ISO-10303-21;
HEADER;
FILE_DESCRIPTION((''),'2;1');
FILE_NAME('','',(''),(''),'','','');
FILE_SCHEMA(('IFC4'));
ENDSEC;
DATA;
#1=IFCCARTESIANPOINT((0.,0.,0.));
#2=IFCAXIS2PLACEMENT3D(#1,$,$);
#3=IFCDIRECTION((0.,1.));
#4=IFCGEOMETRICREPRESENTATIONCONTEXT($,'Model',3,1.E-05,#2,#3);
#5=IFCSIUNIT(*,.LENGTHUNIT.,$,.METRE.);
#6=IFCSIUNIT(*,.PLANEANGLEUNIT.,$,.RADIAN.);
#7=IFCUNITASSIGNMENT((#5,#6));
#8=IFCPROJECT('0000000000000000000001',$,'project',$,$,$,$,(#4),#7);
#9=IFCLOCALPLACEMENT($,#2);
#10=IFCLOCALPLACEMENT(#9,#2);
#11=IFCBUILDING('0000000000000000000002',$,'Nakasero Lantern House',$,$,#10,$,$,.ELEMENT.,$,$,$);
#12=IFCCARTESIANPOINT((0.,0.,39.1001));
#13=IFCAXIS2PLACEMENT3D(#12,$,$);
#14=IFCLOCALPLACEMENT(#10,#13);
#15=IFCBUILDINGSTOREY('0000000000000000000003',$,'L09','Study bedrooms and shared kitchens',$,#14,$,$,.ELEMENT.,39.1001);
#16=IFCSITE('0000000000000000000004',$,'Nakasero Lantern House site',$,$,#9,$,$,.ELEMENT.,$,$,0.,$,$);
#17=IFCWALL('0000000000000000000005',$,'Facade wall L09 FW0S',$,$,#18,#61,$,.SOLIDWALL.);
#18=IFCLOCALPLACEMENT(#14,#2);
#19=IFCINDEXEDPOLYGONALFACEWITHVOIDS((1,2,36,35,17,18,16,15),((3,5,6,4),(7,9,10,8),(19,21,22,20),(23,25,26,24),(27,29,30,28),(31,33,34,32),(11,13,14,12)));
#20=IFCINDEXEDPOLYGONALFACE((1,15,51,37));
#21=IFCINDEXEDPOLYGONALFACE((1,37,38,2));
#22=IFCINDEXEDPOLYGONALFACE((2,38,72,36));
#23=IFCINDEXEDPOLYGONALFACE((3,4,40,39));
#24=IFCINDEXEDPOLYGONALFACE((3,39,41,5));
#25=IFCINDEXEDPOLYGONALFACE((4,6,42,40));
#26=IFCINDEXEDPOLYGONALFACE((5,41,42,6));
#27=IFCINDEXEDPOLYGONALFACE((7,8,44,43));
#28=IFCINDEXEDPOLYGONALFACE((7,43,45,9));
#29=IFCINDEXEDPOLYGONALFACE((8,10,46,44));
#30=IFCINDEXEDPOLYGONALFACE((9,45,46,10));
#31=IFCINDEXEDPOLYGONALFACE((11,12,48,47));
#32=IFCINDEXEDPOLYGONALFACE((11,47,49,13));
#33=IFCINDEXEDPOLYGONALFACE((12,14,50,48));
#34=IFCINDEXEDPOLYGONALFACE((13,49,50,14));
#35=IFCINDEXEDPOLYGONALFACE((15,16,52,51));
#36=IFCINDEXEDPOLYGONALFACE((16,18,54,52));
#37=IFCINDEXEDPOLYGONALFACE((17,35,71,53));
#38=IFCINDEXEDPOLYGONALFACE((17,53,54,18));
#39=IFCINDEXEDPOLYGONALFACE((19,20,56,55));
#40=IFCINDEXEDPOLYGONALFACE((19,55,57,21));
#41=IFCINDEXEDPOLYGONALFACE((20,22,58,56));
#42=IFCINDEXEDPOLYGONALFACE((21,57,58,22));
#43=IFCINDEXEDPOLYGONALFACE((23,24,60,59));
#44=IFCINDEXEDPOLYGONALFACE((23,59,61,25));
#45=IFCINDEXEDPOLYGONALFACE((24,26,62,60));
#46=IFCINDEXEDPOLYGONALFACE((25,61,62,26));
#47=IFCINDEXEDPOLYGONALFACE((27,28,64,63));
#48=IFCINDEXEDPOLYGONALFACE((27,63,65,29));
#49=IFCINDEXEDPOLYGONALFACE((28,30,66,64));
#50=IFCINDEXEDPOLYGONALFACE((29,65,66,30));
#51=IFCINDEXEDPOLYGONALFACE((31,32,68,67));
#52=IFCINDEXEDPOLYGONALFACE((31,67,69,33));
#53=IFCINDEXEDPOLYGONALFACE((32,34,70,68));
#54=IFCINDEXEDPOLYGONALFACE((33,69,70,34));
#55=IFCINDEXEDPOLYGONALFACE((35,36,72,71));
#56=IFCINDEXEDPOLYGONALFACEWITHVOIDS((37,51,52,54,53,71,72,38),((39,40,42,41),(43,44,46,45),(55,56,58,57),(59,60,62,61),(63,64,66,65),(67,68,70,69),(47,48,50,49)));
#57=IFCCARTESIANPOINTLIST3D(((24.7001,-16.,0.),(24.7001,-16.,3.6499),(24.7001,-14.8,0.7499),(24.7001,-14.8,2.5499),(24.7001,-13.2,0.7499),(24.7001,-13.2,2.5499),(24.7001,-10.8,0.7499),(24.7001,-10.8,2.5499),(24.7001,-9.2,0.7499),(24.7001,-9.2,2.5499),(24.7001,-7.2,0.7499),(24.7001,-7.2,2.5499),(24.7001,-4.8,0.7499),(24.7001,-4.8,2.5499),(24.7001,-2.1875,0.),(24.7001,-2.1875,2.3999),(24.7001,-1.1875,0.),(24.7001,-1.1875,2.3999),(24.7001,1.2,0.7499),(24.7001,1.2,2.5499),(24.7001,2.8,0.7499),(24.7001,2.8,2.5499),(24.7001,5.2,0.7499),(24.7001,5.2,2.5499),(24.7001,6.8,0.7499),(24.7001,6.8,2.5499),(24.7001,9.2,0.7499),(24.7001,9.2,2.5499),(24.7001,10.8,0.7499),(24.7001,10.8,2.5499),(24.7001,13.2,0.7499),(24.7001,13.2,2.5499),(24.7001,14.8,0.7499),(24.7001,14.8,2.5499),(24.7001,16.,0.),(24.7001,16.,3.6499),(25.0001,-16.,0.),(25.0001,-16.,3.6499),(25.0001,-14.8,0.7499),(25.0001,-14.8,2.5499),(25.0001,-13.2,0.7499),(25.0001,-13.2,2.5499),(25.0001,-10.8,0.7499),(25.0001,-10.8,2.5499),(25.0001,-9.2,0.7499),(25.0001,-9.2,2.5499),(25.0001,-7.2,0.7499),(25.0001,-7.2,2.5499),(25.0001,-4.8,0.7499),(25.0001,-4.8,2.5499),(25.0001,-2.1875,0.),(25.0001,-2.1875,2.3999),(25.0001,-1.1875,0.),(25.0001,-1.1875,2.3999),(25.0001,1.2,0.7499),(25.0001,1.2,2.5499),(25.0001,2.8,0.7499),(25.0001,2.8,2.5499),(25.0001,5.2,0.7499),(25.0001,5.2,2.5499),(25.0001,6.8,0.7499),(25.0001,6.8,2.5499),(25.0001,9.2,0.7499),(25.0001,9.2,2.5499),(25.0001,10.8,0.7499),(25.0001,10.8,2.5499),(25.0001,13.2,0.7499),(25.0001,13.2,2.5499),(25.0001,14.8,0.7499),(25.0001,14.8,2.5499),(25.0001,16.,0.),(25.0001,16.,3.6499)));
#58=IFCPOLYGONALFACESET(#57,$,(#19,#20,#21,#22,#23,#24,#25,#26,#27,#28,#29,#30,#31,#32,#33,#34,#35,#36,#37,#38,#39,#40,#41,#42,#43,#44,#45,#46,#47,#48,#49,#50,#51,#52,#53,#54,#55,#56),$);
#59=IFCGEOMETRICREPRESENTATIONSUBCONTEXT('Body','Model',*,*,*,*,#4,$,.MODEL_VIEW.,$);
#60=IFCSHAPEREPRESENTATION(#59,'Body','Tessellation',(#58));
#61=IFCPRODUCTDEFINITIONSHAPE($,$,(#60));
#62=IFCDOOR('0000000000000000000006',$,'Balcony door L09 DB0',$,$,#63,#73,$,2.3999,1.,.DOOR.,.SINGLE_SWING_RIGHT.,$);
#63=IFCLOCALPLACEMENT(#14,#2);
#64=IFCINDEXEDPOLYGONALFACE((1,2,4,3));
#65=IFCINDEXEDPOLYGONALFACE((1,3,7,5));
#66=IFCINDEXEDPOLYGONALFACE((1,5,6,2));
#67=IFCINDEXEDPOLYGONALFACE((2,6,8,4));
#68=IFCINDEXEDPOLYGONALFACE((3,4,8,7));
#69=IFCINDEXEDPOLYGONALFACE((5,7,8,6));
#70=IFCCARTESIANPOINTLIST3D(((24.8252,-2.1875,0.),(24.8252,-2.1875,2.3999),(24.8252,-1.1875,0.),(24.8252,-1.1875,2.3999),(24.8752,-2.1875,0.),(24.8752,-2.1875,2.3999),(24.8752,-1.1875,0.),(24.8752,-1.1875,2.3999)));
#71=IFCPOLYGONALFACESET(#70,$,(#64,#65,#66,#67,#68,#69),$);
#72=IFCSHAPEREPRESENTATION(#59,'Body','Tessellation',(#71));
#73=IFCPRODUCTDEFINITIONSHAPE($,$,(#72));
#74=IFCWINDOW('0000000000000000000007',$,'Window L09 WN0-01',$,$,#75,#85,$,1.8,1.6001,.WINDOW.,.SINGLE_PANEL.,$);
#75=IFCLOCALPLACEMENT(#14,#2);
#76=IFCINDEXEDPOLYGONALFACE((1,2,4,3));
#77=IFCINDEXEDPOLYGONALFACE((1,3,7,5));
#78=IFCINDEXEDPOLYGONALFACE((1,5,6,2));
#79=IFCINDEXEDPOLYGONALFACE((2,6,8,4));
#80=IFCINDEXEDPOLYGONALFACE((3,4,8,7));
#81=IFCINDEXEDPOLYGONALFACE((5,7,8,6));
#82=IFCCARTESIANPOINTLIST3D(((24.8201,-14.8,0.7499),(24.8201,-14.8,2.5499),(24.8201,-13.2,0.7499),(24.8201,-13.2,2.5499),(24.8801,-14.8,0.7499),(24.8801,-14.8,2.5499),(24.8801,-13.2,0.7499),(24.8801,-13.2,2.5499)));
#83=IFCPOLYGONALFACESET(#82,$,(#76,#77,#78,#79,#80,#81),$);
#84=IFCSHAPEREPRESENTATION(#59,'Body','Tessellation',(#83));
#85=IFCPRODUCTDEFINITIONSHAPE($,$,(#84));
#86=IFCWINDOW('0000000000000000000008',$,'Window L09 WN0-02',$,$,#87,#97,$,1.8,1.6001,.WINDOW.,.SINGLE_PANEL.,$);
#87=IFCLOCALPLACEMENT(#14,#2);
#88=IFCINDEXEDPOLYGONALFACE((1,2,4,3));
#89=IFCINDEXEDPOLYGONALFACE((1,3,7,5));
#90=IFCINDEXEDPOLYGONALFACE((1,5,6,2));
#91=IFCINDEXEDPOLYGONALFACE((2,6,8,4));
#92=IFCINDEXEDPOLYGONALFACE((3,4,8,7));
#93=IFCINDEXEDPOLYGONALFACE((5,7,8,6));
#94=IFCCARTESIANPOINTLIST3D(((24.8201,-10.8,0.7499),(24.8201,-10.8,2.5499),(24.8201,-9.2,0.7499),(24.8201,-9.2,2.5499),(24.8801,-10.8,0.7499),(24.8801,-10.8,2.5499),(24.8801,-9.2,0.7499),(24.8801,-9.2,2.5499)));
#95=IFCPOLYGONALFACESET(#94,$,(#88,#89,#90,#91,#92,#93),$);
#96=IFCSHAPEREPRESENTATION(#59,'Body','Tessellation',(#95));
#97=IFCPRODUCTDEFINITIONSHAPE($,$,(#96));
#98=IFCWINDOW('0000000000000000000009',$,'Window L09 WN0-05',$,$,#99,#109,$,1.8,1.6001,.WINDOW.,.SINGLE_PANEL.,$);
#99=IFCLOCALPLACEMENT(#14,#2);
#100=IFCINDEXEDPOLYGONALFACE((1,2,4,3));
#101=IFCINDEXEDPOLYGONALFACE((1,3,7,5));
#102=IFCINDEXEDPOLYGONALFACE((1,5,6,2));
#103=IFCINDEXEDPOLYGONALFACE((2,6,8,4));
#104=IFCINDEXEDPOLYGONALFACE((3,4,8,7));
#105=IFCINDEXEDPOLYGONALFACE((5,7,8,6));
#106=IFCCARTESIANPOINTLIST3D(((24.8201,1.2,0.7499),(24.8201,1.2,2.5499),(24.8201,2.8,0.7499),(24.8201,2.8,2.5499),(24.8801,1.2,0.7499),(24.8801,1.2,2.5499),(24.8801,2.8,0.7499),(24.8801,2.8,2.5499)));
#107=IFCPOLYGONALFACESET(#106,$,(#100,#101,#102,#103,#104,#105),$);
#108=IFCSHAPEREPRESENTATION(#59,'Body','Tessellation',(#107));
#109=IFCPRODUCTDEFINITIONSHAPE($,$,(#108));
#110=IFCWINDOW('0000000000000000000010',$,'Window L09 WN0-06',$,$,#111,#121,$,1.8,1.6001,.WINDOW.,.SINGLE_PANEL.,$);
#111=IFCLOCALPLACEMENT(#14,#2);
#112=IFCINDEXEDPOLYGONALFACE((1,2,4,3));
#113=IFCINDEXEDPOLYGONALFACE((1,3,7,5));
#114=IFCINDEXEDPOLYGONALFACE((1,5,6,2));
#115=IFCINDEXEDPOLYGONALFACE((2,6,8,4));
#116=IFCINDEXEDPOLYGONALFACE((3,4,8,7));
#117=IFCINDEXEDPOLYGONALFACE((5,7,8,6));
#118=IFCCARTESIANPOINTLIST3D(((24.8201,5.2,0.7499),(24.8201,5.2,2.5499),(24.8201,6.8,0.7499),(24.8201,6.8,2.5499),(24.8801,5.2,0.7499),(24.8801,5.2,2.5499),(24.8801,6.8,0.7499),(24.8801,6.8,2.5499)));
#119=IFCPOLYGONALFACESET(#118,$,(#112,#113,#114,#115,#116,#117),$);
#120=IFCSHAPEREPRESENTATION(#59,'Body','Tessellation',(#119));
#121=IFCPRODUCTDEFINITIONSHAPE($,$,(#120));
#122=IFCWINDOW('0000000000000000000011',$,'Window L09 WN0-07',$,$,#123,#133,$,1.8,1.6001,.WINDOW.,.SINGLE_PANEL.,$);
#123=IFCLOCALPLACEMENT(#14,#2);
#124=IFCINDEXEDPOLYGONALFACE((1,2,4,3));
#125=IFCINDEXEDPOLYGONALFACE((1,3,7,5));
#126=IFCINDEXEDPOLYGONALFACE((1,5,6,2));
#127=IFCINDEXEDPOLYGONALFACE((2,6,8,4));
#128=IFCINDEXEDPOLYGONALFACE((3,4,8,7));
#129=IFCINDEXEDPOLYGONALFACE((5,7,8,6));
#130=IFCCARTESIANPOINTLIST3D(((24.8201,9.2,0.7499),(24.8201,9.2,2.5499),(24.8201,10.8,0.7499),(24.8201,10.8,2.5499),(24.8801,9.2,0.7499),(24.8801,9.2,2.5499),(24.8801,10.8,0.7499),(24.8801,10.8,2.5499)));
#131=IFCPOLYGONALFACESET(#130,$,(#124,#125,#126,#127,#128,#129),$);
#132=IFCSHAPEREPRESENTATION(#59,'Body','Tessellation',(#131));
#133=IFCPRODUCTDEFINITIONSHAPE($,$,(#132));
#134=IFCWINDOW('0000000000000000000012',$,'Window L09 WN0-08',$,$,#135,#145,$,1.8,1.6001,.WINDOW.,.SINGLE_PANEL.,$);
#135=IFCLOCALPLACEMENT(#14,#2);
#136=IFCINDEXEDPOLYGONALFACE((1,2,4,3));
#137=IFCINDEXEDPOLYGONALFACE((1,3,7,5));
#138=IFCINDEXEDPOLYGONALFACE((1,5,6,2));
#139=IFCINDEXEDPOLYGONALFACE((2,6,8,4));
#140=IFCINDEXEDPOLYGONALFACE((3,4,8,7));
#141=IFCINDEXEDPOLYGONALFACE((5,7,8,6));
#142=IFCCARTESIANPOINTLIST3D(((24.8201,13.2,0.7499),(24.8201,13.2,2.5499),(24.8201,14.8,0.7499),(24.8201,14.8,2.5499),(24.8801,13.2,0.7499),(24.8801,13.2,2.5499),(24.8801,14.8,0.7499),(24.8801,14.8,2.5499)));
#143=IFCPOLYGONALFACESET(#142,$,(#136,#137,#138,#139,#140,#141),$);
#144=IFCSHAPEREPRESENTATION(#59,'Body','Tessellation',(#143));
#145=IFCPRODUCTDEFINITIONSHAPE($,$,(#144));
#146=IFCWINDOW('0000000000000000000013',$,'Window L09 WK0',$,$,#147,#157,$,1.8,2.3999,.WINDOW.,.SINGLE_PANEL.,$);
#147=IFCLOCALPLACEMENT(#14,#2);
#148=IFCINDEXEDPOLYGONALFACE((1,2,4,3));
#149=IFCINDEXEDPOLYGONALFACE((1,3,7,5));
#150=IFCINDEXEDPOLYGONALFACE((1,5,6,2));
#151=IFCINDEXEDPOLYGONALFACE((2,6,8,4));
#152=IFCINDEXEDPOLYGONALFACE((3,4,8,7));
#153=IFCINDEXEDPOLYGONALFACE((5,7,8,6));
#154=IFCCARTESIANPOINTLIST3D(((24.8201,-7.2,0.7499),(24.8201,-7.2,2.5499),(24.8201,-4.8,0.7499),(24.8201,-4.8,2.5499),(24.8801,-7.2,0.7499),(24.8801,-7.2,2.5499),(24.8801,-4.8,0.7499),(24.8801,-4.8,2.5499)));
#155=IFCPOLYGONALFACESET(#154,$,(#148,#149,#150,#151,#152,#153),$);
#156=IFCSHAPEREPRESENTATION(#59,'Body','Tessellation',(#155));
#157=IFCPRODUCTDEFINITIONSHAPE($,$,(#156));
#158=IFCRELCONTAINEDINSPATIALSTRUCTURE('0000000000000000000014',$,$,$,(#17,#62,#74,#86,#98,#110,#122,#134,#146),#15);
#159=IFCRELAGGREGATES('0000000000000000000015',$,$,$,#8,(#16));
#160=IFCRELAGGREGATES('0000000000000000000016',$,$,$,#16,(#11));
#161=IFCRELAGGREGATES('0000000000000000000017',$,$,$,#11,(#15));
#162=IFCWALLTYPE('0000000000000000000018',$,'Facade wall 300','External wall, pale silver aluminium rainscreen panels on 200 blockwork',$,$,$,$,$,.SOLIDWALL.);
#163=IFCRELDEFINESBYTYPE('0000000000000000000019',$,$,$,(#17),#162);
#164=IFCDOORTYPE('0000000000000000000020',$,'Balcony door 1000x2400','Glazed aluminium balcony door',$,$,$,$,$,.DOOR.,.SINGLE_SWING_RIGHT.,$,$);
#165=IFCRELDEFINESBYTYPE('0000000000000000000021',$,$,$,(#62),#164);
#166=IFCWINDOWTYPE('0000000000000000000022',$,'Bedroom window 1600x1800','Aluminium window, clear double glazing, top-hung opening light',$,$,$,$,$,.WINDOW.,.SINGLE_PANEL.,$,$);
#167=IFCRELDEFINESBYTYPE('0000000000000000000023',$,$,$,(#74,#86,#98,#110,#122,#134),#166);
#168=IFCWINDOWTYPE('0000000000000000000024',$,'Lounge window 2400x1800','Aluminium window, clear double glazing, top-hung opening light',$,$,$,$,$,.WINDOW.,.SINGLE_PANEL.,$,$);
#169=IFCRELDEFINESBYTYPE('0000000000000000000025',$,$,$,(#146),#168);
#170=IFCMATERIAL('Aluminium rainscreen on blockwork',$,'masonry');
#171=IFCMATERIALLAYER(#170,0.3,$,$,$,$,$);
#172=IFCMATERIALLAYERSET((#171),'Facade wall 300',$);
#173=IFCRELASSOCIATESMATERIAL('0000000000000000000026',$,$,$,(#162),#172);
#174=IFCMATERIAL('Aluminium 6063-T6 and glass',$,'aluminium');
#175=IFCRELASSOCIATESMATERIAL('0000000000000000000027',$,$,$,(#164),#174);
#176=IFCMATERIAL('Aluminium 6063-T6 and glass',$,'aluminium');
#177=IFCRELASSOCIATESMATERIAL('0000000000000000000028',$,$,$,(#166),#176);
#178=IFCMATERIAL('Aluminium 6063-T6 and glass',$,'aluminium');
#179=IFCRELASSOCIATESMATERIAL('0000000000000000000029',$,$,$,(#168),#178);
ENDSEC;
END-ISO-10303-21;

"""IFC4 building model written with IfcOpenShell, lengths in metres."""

from ifc_helpers import new_model, si_unit, direction, frame, frame_2d, origin, place, context, subcontext, project, spatial, rectangle, extrude, material, layer, layer_set, type_object, element, fill, save


model = new_model("IFC4")

# Units and contexts
model_context = context("Model", 3, precision=1e-05, world=origin(), true_north=direction((0.0, 1.0)))
body_context = subcontext(model_context, "Body", "Model", "MODEL_VIEW")
ifc_project = project(units=[si_unit("LENGTHUNIT", "METRE"), si_unit("PLANEANGLEUNIT", "RADIAN")], contexts=[model_context])

# Site, building, storey
site_placement = place(None, origin())
site = spatial("IfcSite", under=ifc_project, at=site_placement, Name="Nakasero Lantern House site", CompositionType="ELEMENT", RefElevation=0.0)
building_placement = place(site_placement, origin())
building = spatial("IfcBuilding", under=site, at=building_placement, Name="Nakasero Lantern House", CompositionType="ELEMENT")
storey_placement = place(building_placement, frame((0.0, 0.0, 39.1001)))
storey = spatial("IfcBuildingStorey", under=building, at=storey_placement, Name="L09", Description="Study bedrooms and shared kitchens", CompositionType="ELEMENT", Elevation=39.1001)

# Wall, openings, door, windows
ifc_material_1 = material(Name="Aluminium rainscreen on blockwork", Category="masonry")
ifc_layer_1 = layer(ifc_material_1, 0.3)
ifc_layer_set_1 = layer_set([ifc_layer_1], Name="Facade wall 300")
wall_type_1 = type_object("IfcWallType", Name="Facade wall 300", Description="External wall, pale silver aluminium rainscreen panels on 200 blockwork", PredefinedType="SOLIDWALL", material=ifc_layer_set_1)
wall_1_placement = place(storey_placement, frame((24.8501, -16.0, 0.0), z_axis=(0.0, 0.0, 1.0), x_axis=(0.0, 1.0, 0.0)))
wall_1 = element("IfcWall", 1, at=wall_1_placement, inside=storey, type_object=wall_type_1, Name="Facade wall L09 FW0S", PredefinedType="SOLIDWALL", context=body_context, shape_type="SweptSolid", body=[
    extrude(rectangle(XDim=32.0, YDim=0.3, at=frame_2d((16.0, 0.0))), origin(), (0.0, 0.0, 1.0), 3.6499),
])
opening_1_placement = place(wall_1_placement, frame((1.2, 0.0, 0.75)))
opening_1 = element("IfcOpeningElement", 2, at=opening_1_placement, cuts=wall_1, PredefinedType="OPENING", context=body_context, shape_type="SweptSolid", body=[
    extrude(rectangle(XDim=1.6001, YDim=1.8, at=frame_2d((0.8, 0.8999))), frame((0.0, 0.1699, 0.0), z_axis=(0.0, -1.0, 0.0), x_axis=(1.0, 0.0, 0.0)), (0.0, 0.0, 1.0), 0.3401),
])
opening_2_placement = place(wall_1_placement, frame((5.2, 0.0, 0.75)))
opening_2 = element("IfcOpeningElement", 3, at=opening_2_placement, cuts=wall_1, PredefinedType="OPENING", context=body_context, shape_type="SweptSolid", body=[
    extrude(rectangle(XDim=1.6001, YDim=1.8, at=frame_2d((0.8, 0.8999))), frame((0.0, 0.1699, 0.0), z_axis=(0.0, -1.0, 0.0), x_axis=(1.0, 0.0, 0.0)), (0.0, 0.0, 1.0), 0.3401),
])
opening_3_placement = place(wall_1_placement, frame((17.2, 0.0, 0.75)))
opening_3 = element("IfcOpeningElement", 4, at=opening_3_placement, cuts=wall_1, PredefinedType="OPENING", context=body_context, shape_type="SweptSolid", body=[
    extrude(rectangle(XDim=1.6001, YDim=1.8, at=frame_2d((0.8, 0.8999))), frame((0.0, 0.1699, 0.0), z_axis=(0.0, -1.0, 0.0), x_axis=(1.0, 0.0, 0.0)), (0.0, 0.0, 1.0), 0.3401),
])
opening_4_placement = place(wall_1_placement, frame((21.2, 0.0, 0.75)))
opening_4 = element("IfcOpeningElement", 5, at=opening_4_placement, cuts=wall_1, PredefinedType="OPENING", context=body_context, shape_type="SweptSolid", body=[
    extrude(rectangle(XDim=1.6001, YDim=1.8, at=frame_2d((0.8, 0.8999))), frame((0.0, 0.1699, 0.0), z_axis=(0.0, -1.0, 0.0), x_axis=(1.0, 0.0, 0.0)), (0.0, 0.0, 1.0), 0.3401),
])
opening_5_placement = place(wall_1_placement, frame((25.2, 0.0, 0.75)))
opening_5 = element("IfcOpeningElement", 6, at=opening_5_placement, cuts=wall_1, PredefinedType="OPENING", context=body_context, shape_type="SweptSolid", body=[
    extrude(rectangle(XDim=1.6001, YDim=1.8, at=frame_2d((0.8, 0.8999))), frame((0.0, 0.1699, 0.0), z_axis=(0.0, -1.0, 0.0), x_axis=(1.0, 0.0, 0.0)), (0.0, 0.0, 1.0), 0.3401),
])
opening_6_placement = place(wall_1_placement, frame((29.2, 0.0, 0.75)))
opening_6 = element("IfcOpeningElement", 7, at=opening_6_placement, cuts=wall_1, PredefinedType="OPENING", context=body_context, shape_type="SweptSolid", body=[
    extrude(rectangle(XDim=1.6001, YDim=1.8, at=frame_2d((0.8, 0.8999))), frame((0.0, 0.1699, 0.0), z_axis=(0.0, -1.0, 0.0), x_axis=(1.0, 0.0, 0.0)), (0.0, 0.0, 1.0), 0.3401),
])
opening_7_placement = place(wall_1_placement, frame((8.8, 0.0, 0.75)))
opening_7 = element("IfcOpeningElement", 8, at=opening_7_placement, cuts=wall_1, PredefinedType="OPENING", context=body_context, shape_type="SweptSolid", body=[
    extrude(rectangle(XDim=2.3999, YDim=1.8, at=frame_2d((1.2, 0.8999))), frame((0.0, 0.1699, 0.0), z_axis=(0.0, -1.0, 0.0), x_axis=(1.0, 0.0, 0.0)), (0.0, 0.0, 1.0), 0.3401),
])
opening_8_placement = place(wall_1_placement, frame((13.8125, 0.0, 0.0)))
opening_8 = element("IfcOpeningElement", 9, at=opening_8_placement, cuts=wall_1, PredefinedType="OPENING", context=body_context, shape_type="SweptSolid", body=[
    extrude(rectangle(XDim=1.0, YDim=2.3999, at=frame_2d((0.5, 1.2))), frame((0.0, 0.1699, 0.0), z_axis=(0.0, -1.0, 0.0), x_axis=(1.0, 0.0, 0.0)), (0.0, 0.0, 1.0), 0.3401),
])
ifc_material_2 = material(Name="Aluminium 6063-T6 and glass", Category="aluminium")
door_type = type_object("IfcDoorType", Name="Balcony door 1000x2400", Description="Glazed aluminium balcony door", OperationType="SINGLE_SWING_RIGHT", PredefinedType="DOOR", material=ifc_material_2)
door_placement = place(opening_8_placement, origin())
door = element("IfcDoor", 10, at=door_placement, inside=storey, type_object=door_type, Name="Balcony door L09 DB0", OperationType="SINGLE_SWING_RIGHT", OverallHeight=2.3999, OverallWidth=1.0, PredefinedType="DOOR", context=body_context, shape_type="SweptSolid", body=[
    extrude(rectangle(XDim=1.0, YDim=2.3999, at=frame_2d((0.5, 1.2))), frame((0.0, 0.0249, 0.0), z_axis=(0.0, -1.0, 0.0), x_axis=(1.0, 0.0, 0.0)), (0.0, 0.0, 1.0), 0.05),
])
fill(opening_8, door)
ifc_material_3 = material(Name="Aluminium 6063-T6 and glass", Category="aluminium")
window_type_1 = type_object("IfcWindowType", Name="Bedroom window 1600x1800", Description="Aluminium window, clear double glazing, top-hung opening light", PartitioningType="SINGLE_PANEL", PredefinedType="WINDOW", material=ifc_material_3)
window_1_placement = place(opening_1_placement, origin())
window_1 = element("IfcWindow", 11, at=window_1_placement, inside=storey, type_object=window_type_1, Name="Window L09 WN0-01", OverallHeight=1.8, OverallWidth=1.6001, PartitioningType="SINGLE_PANEL", PredefinedType="WINDOW", context=body_context, shape_type="SweptSolid", body=[
    extrude(rectangle(XDim=1.6001, YDim=1.8, at=frame_2d((0.8, 0.8999))), frame((0.0, 0.03, 0.0), z_axis=(0.0, -1.0, 0.0), x_axis=(1.0, 0.0, 0.0)), (0.0, 0.0, 1.0), 0.0601),
])
fill(opening_1, window_1)
window_2_placement = place(opening_2_placement, origin())
window_2 = element("IfcWindow", 12, at=window_2_placement, inside=storey, type_object=window_type_1, Name="Window L09 WN0-02", OverallHeight=1.8, OverallWidth=1.6001, PartitioningType="SINGLE_PANEL", PredefinedType="WINDOW", context=body_context, shape_type="SweptSolid", body=[
    extrude(rectangle(XDim=1.6001, YDim=1.8, at=frame_2d((0.8, 0.8999))), frame((0.0, 0.03, 0.0), z_axis=(0.0, -1.0, 0.0), x_axis=(1.0, 0.0, 0.0)), (0.0, 0.0, 1.0), 0.0601),
])
fill(opening_2, window_2)
window_3_placement = place(opening_3_placement, origin())
window_3 = element("IfcWindow", 13, at=window_3_placement, inside=storey, type_object=window_type_1, Name="Window L09 WN0-05", OverallHeight=1.8, OverallWidth=1.6001, PartitioningType="SINGLE_PANEL", PredefinedType="WINDOW", context=body_context, shape_type="SweptSolid", body=[
    extrude(rectangle(XDim=1.6001, YDim=1.8, at=frame_2d((0.8, 0.8999))), frame((0.0, 0.03, 0.0), z_axis=(0.0, -1.0, 0.0), x_axis=(1.0, 0.0, 0.0)), (0.0, 0.0, 1.0), 0.0601),
])
fill(opening_3, window_3)
window_4_placement = place(opening_4_placement, origin())
window_4 = element("IfcWindow", 14, at=window_4_placement, inside=storey, type_object=window_type_1, Name="Window L09 WN0-06", OverallHeight=1.8, OverallWidth=1.6001, PartitioningType="SINGLE_PANEL", PredefinedType="WINDOW", context=body_context, shape_type="SweptSolid", body=[
    extrude(rectangle(XDim=1.6001, YDim=1.8, at=frame_2d((0.8, 0.8999))), frame((0.0, 0.03, 0.0), z_axis=(0.0, -1.0, 0.0), x_axis=(1.0, 0.0, 0.0)), (0.0, 0.0, 1.0), 0.0601),
])
fill(opening_4, window_4)
window_5_placement = place(opening_5_placement, origin())
window_5 = element("IfcWindow", 15, at=window_5_placement, inside=storey, type_object=window_type_1, Name="Window L09 WN0-07", OverallHeight=1.8, OverallWidth=1.6001, PartitioningType="SINGLE_PANEL", PredefinedType="WINDOW", context=body_context, shape_type="SweptSolid", body=[
    extrude(rectangle(XDim=1.6001, YDim=1.8, at=frame_2d((0.8, 0.8999))), frame((0.0, 0.03, 0.0), z_axis=(0.0, -1.0, 0.0), x_axis=(1.0, 0.0, 0.0)), (0.0, 0.0, 1.0), 0.0601),
])
fill(opening_5, window_5)
window_6_placement = place(opening_6_placement, origin())
window_6 = element("IfcWindow", 16, at=window_6_placement, inside=storey, type_object=window_type_1, Name="Window L09 WN0-08", OverallHeight=1.8, OverallWidth=1.6001, PartitioningType="SINGLE_PANEL", PredefinedType="WINDOW", context=body_context, shape_type="SweptSolid", body=[
    extrude(rectangle(XDim=1.6001, YDim=1.8, at=frame_2d((0.8, 0.8999))), frame((0.0, 0.03, 0.0), z_axis=(0.0, -1.0, 0.0), x_axis=(1.0, 0.0, 0.0)), (0.0, 0.0, 1.0), 0.0601),
])
fill(opening_6, window_6)
ifc_material_4 = material(Name="Aluminium 6063-T6 and glass", Category="aluminium")
window_type_2 = type_object("IfcWindowType", Name="Lounge window 2400x1800", Description="Aluminium window, clear double glazing, top-hung opening light", PartitioningType="SINGLE_PANEL", PredefinedType="WINDOW", material=ifc_material_4)
window_7_placement = place(opening_7_placement, origin())
window_7 = element("IfcWindow", 17, at=window_7_placement, inside=storey, type_object=window_type_2, Name="Window L09 WK0", OverallHeight=1.8, OverallWidth=2.3999, PartitioningType="SINGLE_PANEL", PredefinedType="WINDOW", context=body_context, shape_type="SweptSolid", body=[
    extrude(rectangle(XDim=2.3999, YDim=1.8, at=frame_2d((1.2, 0.8999))), frame((0.0, 0.03, 0.0), z_axis=(0.0, -1.0, 0.0), x_axis=(1.0, 0.0, 0.0)), (0.0, 0.0, 1.0), 0.0601),
])
fill(opening_7, window_7)

save(model, "model.ifc")
